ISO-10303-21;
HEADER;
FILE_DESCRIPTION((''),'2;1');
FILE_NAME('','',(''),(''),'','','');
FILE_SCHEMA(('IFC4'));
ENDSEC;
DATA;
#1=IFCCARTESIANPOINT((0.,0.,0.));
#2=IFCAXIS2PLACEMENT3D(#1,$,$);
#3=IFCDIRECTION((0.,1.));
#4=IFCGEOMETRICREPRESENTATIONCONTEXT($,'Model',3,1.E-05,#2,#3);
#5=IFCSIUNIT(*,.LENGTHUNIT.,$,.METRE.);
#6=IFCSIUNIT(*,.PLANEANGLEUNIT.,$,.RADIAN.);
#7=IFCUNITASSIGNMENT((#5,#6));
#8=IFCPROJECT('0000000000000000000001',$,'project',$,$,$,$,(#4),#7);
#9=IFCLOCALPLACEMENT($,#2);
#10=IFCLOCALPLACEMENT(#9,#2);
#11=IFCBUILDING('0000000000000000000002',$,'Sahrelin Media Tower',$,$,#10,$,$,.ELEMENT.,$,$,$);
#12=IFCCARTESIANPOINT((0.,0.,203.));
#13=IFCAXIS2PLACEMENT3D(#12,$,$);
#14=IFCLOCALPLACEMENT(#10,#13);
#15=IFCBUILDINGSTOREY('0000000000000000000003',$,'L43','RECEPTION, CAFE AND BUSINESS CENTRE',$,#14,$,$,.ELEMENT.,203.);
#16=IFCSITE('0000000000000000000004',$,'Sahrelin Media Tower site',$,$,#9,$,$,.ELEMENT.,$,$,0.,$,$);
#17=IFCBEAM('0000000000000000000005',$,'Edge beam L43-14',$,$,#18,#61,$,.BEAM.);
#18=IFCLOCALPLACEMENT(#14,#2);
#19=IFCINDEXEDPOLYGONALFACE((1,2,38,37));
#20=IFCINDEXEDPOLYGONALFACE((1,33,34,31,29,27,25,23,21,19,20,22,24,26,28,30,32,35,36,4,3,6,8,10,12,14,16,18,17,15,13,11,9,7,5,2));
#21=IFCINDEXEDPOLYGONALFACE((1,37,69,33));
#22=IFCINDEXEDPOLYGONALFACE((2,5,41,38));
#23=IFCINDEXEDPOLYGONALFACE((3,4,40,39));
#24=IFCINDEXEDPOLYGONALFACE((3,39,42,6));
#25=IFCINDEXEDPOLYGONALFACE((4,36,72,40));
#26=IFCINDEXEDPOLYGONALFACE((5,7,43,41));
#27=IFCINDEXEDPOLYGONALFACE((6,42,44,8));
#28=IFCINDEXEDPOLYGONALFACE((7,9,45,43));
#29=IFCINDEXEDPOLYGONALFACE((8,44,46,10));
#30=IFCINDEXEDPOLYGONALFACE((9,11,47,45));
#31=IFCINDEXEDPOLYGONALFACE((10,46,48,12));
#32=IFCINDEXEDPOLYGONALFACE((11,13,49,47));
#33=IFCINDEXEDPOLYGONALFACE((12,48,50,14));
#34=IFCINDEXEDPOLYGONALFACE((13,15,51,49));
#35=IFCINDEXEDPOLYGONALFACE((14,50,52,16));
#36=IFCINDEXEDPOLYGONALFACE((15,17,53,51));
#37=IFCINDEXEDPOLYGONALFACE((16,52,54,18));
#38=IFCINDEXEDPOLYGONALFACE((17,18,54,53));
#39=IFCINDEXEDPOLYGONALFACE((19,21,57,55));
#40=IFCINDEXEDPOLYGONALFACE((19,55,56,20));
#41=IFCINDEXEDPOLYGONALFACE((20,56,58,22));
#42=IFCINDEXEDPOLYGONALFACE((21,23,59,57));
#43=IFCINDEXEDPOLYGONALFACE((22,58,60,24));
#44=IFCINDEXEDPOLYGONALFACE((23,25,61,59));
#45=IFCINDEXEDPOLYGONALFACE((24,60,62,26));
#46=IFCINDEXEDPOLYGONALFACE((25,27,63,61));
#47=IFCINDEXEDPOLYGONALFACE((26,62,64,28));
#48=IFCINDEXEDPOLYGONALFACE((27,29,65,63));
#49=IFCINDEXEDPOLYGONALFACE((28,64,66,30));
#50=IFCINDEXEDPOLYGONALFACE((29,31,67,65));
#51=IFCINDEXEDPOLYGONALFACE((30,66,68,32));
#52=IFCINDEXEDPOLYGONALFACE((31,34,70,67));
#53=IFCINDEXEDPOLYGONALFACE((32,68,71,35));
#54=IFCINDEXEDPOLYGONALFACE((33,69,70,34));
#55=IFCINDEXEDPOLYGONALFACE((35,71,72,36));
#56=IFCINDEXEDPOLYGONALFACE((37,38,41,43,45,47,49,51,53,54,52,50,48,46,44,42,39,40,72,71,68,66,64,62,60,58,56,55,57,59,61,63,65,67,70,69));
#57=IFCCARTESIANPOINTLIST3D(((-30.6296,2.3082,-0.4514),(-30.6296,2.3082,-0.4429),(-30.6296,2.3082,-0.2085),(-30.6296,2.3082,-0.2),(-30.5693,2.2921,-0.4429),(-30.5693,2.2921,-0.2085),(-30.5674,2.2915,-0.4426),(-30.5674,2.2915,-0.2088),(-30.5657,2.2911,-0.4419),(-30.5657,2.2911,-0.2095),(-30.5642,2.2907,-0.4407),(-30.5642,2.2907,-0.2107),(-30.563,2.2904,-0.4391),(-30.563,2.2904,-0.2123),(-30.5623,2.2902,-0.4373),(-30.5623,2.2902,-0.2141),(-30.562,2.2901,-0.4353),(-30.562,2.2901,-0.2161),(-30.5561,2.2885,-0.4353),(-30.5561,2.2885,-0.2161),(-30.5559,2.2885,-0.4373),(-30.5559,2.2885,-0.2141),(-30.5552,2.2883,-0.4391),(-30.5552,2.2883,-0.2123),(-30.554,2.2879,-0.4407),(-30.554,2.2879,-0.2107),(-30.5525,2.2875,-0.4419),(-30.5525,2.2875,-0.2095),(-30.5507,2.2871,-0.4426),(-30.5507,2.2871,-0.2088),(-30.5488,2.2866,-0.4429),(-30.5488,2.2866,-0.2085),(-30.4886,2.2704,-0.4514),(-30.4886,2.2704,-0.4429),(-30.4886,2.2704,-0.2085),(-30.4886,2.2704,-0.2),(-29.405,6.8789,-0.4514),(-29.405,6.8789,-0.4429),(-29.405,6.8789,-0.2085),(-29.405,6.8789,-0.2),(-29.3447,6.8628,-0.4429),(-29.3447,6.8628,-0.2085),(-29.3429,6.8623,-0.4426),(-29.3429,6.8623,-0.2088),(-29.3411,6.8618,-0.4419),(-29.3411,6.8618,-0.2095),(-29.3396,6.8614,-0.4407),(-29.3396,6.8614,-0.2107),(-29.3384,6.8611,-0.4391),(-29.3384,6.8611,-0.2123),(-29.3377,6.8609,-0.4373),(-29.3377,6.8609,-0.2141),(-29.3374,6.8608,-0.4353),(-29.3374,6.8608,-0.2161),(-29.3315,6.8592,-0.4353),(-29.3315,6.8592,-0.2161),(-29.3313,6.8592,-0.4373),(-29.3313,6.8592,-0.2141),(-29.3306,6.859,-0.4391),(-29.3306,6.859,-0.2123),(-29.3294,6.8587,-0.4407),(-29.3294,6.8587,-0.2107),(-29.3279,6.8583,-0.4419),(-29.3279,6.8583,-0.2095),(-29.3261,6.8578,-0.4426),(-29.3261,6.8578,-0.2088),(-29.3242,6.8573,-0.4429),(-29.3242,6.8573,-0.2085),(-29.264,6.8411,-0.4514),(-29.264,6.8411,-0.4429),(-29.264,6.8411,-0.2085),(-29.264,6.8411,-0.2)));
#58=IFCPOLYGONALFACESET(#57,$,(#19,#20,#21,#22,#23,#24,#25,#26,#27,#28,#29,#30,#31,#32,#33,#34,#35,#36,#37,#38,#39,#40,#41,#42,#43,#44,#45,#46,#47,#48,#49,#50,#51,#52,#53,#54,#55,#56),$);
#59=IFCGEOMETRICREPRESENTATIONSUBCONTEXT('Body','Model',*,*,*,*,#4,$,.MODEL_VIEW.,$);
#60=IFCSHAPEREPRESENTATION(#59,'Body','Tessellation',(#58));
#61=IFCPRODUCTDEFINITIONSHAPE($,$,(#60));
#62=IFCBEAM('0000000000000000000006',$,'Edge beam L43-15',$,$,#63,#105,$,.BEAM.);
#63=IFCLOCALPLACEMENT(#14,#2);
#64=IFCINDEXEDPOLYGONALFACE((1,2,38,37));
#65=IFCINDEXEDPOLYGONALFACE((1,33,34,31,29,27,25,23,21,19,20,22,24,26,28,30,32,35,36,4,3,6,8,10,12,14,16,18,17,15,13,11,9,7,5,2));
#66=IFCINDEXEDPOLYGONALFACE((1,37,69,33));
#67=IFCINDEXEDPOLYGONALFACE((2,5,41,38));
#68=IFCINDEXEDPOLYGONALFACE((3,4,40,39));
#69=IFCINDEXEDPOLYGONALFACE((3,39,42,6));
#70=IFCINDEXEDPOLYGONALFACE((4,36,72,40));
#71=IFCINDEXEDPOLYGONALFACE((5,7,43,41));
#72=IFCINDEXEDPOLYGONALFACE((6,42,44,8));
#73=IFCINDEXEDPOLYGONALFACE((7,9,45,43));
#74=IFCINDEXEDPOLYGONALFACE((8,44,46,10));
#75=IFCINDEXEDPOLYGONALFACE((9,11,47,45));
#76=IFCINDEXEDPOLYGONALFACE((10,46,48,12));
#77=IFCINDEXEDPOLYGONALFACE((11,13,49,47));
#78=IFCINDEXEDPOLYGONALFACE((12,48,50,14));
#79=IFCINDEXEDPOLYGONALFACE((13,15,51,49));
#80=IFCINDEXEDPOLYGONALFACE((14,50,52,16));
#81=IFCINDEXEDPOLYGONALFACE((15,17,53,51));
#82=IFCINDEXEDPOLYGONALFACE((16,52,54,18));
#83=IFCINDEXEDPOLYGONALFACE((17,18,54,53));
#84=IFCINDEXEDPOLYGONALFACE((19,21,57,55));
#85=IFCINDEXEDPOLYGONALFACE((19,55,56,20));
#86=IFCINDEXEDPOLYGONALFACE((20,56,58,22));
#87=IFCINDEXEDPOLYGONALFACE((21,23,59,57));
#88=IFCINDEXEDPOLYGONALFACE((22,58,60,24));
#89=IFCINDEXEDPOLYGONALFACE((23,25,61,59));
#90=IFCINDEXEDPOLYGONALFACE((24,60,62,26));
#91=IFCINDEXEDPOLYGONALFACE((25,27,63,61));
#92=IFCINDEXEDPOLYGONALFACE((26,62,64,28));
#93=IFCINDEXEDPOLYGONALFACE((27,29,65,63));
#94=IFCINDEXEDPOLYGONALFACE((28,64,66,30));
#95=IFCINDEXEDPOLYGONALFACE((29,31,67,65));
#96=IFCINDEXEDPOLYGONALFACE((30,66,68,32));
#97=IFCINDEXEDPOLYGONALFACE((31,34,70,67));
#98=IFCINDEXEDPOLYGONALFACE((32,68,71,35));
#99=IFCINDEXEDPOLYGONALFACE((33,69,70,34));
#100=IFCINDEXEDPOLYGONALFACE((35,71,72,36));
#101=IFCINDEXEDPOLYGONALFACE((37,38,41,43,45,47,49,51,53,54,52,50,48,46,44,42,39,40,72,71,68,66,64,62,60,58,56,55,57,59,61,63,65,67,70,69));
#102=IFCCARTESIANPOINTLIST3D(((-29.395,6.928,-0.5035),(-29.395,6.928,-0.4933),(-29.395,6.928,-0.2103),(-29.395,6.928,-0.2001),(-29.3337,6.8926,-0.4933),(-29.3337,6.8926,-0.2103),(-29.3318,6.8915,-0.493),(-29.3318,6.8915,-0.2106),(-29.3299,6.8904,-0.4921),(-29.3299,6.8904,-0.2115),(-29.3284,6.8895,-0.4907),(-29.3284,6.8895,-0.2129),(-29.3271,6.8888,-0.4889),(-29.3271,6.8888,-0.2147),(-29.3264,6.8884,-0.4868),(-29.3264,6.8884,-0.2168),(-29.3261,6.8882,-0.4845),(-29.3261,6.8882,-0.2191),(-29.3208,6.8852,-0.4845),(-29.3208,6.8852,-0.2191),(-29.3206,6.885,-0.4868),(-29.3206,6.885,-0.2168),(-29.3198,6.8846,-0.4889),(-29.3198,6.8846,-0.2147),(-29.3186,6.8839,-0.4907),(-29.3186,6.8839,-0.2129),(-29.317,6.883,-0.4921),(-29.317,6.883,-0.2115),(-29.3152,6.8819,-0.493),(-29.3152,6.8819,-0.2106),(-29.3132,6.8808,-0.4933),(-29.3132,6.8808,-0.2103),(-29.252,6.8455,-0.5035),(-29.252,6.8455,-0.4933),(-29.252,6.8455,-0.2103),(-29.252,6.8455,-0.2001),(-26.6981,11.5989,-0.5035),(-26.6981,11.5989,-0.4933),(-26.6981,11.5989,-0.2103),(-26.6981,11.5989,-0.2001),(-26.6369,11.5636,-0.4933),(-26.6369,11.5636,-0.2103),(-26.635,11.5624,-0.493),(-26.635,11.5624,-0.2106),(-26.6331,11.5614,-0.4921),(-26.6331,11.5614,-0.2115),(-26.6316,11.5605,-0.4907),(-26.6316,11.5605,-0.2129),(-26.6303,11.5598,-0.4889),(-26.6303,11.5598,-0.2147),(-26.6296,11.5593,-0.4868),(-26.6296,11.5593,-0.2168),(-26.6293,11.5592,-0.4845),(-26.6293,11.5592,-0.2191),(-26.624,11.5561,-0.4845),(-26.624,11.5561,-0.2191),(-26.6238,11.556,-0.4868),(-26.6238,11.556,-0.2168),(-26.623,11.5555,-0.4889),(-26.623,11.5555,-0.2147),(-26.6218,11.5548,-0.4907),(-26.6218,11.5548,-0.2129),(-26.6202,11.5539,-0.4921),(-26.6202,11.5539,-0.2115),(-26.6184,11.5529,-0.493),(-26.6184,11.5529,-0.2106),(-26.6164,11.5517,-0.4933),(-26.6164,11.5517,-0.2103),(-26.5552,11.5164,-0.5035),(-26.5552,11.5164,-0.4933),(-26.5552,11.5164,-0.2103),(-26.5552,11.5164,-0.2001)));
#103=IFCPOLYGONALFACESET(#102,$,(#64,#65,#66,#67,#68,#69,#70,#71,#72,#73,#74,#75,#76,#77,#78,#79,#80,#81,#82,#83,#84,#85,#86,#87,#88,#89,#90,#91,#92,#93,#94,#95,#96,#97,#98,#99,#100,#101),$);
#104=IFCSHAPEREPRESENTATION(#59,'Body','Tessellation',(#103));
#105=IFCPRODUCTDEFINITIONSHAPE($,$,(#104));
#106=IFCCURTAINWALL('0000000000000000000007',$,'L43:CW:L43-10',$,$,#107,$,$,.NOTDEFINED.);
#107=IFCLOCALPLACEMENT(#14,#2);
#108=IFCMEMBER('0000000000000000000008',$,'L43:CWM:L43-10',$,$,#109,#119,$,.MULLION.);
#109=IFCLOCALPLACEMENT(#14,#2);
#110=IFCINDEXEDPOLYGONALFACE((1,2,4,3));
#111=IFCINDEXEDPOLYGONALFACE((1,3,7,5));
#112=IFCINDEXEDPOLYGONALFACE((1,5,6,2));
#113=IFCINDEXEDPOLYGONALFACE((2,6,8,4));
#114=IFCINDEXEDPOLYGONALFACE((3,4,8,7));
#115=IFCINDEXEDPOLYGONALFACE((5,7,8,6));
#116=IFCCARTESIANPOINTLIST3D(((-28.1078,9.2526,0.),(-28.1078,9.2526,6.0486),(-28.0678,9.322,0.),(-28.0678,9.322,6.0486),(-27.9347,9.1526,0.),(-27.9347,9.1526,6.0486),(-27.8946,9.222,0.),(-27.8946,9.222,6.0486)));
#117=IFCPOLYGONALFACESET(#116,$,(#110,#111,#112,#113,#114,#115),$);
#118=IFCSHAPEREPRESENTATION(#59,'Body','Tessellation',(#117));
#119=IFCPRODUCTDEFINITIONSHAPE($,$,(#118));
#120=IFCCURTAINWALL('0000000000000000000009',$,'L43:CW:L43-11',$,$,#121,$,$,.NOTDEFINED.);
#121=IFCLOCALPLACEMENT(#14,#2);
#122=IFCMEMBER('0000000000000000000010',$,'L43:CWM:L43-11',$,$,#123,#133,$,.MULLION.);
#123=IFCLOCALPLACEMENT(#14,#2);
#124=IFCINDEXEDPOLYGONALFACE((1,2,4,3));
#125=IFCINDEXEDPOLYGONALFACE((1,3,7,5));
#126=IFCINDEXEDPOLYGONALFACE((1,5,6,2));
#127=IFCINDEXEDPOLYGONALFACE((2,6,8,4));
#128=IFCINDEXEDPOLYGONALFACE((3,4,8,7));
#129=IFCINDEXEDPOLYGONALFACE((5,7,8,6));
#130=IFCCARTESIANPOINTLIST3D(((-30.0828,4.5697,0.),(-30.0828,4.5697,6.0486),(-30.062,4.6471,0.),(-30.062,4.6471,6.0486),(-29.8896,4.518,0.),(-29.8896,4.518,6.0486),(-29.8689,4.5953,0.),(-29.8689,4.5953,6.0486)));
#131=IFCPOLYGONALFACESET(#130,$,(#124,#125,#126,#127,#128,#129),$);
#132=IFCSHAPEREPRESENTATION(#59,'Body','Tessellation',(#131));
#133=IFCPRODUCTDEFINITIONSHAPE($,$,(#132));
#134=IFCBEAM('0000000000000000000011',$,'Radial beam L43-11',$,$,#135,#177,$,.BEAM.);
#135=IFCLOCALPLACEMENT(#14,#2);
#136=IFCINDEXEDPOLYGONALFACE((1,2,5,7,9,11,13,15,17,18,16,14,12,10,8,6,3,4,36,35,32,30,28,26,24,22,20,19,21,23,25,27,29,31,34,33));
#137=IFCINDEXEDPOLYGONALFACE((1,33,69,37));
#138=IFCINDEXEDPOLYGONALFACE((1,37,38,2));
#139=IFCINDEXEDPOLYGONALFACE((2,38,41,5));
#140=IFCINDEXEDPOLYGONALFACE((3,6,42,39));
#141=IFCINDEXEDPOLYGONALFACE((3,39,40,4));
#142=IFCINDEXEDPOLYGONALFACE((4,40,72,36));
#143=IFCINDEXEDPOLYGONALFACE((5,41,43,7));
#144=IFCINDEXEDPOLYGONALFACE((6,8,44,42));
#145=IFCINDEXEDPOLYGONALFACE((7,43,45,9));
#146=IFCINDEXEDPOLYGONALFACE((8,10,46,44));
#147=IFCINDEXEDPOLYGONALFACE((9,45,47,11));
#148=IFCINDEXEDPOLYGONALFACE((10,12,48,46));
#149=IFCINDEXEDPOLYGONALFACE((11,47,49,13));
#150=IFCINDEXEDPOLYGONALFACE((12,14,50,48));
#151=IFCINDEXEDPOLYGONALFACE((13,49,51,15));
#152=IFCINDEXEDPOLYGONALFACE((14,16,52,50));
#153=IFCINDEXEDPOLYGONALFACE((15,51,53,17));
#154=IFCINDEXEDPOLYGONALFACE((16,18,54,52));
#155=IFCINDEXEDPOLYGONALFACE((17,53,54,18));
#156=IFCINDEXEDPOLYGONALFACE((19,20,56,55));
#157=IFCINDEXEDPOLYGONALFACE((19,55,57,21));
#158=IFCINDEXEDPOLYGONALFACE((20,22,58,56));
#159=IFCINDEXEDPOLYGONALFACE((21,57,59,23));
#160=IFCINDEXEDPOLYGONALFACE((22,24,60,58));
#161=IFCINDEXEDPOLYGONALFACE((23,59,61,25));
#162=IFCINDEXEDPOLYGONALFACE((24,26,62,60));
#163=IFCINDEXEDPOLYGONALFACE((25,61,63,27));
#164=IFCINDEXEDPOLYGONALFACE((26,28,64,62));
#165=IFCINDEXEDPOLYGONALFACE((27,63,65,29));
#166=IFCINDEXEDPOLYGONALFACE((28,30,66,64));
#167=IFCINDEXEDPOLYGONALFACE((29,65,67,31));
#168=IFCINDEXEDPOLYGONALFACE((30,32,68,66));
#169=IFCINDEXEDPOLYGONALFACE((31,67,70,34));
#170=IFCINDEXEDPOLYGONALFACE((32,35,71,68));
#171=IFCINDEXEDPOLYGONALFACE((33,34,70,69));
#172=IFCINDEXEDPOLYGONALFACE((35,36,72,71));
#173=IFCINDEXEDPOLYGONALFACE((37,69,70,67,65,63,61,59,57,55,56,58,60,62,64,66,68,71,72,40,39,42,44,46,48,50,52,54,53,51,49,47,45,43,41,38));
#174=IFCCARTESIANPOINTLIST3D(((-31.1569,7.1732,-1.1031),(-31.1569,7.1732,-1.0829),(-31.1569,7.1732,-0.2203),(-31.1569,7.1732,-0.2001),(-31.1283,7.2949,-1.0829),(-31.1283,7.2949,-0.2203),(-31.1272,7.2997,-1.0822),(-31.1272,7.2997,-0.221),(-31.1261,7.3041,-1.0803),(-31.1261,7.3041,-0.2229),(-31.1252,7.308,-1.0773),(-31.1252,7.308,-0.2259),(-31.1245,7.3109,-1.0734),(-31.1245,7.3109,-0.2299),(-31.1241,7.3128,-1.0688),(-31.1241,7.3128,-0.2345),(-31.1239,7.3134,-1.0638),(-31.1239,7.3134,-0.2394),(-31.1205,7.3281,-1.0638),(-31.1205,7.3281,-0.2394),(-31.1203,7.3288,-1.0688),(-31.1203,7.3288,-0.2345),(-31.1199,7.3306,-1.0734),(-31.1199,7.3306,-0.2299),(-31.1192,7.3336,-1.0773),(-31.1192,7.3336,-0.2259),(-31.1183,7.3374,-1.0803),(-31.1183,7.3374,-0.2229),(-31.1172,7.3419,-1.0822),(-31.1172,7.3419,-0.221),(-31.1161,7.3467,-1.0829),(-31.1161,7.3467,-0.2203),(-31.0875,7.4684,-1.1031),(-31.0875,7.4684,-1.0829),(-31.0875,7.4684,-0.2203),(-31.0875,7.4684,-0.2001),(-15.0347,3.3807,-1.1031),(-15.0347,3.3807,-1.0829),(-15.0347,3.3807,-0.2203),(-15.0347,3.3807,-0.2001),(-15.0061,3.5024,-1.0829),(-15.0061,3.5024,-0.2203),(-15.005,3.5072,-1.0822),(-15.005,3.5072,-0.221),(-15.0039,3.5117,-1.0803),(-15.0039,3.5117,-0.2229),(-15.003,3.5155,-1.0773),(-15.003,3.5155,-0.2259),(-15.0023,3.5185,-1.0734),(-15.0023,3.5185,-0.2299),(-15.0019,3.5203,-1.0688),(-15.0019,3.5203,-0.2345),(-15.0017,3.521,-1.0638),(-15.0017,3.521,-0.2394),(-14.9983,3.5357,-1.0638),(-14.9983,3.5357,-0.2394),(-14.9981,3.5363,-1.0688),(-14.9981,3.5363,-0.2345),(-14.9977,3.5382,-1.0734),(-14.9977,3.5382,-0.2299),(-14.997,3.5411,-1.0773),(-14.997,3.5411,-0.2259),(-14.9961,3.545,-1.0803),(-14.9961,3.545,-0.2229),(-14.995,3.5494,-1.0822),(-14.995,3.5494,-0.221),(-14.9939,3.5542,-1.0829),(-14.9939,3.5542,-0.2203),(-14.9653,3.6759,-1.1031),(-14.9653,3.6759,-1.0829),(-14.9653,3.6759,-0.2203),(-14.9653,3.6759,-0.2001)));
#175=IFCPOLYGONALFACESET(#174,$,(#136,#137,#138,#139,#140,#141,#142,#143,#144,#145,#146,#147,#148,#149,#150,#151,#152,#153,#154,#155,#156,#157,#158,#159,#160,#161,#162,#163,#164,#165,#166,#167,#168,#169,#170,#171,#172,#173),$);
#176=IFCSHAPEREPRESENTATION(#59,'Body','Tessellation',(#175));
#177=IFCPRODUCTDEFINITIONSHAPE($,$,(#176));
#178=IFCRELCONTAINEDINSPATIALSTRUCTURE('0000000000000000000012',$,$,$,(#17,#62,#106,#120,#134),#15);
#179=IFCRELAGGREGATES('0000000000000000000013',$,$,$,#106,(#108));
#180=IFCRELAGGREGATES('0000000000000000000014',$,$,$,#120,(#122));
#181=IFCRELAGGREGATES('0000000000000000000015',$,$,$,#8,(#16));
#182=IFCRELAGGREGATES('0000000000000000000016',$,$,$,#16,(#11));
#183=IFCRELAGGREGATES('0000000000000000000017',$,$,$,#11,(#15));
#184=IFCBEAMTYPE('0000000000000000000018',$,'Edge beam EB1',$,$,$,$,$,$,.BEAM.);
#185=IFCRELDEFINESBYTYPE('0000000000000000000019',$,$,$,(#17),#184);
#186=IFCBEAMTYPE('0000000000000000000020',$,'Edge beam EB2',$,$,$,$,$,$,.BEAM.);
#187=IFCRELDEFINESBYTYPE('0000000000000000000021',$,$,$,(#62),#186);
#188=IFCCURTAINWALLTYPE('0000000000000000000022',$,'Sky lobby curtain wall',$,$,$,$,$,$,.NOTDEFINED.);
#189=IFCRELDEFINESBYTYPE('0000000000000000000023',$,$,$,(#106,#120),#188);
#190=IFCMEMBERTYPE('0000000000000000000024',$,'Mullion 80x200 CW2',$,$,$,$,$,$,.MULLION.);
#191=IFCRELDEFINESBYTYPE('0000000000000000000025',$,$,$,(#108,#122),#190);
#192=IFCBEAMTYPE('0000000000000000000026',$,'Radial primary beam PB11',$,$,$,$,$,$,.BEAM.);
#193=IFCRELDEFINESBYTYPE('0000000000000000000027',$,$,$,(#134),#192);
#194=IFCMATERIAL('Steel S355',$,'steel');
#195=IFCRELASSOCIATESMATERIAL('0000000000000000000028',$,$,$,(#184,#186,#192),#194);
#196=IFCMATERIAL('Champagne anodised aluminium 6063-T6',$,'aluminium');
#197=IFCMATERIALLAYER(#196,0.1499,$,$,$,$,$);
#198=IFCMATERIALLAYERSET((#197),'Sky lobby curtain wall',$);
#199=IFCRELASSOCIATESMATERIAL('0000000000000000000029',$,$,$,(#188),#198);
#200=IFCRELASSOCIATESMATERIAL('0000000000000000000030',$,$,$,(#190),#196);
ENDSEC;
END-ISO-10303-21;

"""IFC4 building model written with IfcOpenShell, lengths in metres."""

from ifc_helpers import new_model, si_unit, direction, frame, origin, origin_2d, place, context, subcontext, project, spatial, rectangle, i_section, extrude, material, layer, layer_set, material_profile, profile_set, type_object, element, aggregate, save


model = new_model("IFC4")

# Units and contexts
model_context = context("Model", 3, precision=1e-05, world=origin(), true_north=direction((0.0, 1.0)))
body_context = subcontext(model_context, "Body", "Model", "MODEL_VIEW")
ifc_project = project(units=[si_unit("LENGTHUNIT", "METRE"), si_unit("PLANEANGLEUNIT", "RADIAN")], contexts=[model_context])

# Site, building, storey
site_placement = place(None, origin())
site = spatial("IfcSite", under=ifc_project, at=site_placement, Name="Sahrelin Media Tower site", CompositionType="ELEMENT", RefElevation=0.0)
building_placement = place(site_placement, origin())
building = spatial("IfcBuilding", under=site, at=building_placement, Name="Sahrelin Media Tower", CompositionType="ELEMENT")
storey_placement = place(building_placement, frame((0.0, 0.0, 203.0)))
storey = spatial("IfcBuildingStorey", under=building, at=storey_placement, Name="L43", Description="RECEPTION, CAFE AND BUSINESS CENTRE", CompositionType="ELEMENT", Elevation=203.0)

# Beams
ifc_material_1 = material(Name="Steel S355", Category="steel")
ifc_material_profile_1 = material_profile(ifc_material_1, i_section(OverallWidth=0.146, OverallDepth=0.2515, WebThickness=0.0061, FlangeThickness=0.0085, FilletRadius=0.0076, at=origin_2d()), Name="UB 254x146x31")
ifc_profile_set_1 = profile_set([ifc_material_profile_1], Name="Steel S355")
beam_type_1 = type_object("IfcBeamType", Name="Edge beam EB1", PredefinedType="BEAM", material=ifc_profile_set_1)
beam_1_placement = place(storey_placement, frame((-30.5591, 2.2893, -0.3257), z_axis=(0.258793, 0.965933, 0.0), x_axis=(-0.965933, 0.258793, 0.0)))
element("IfcBeam", 1, at=beam_1_placement, inside=storey, type_object=beam_type_1, Name="Edge beam L43-14", PredefinedType="BEAM", context=body_context, shape_type="SweptSolid", body=[
    extrude(i_section(OverallWidth=0.146, OverallDepth=0.2515, WebThickness=0.0061, FlangeThickness=0.0085, FilletRadius=0.0076, at=origin_2d()), origin(), (0.0, 0.0, 1.0), 4.7319),
])
ifc_material_profile_2 = material_profile(ifc_material_1, i_section(OverallWidth=0.165, OverallDepth=0.3035, WebThickness=0.0061, FlangeThickness=0.0103, FilletRadius=0.0088, at=origin_2d()), Name="UB 305x165x40")
ifc_profile_set_2 = profile_set([ifc_material_profile_2], Name="Steel S355")
beam_type_2 = type_object("IfcBeamType", Name="Edge beam EB2", PredefinedType="BEAM", material=ifc_profile_set_2)
beam_2_placement = place(storey_placement, frame((-29.3235, 6.8867, -0.3518), z_axis=(0.500005, 0.866023, 0.0), x_axis=(-0.866023, 0.500005, 0.0)))
element("IfcBeam", 2, at=beam_2_placement, inside=storey, type_object=beam_type_2, Name="Edge beam L43-15", PredefinedType="BEAM", context=body_context, shape_type="SweptSolid", body=[
    extrude(i_section(OverallWidth=0.165, OverallDepth=0.3035, WebThickness=0.0061, FlangeThickness=0.0103, FilletRadius=0.0088, at=origin_2d()), origin(), (0.0, 0.0, 1.0), 5.3936),
])

# Curtain walls, members
ifc_material_2 = material(Name="Champagne anodised aluminium 6063-T6", Category="aluminium")
ifc_layer_1 = layer(ifc_material_2, 0.1499)
ifc_layer_set_1 = layer_set([ifc_layer_1], Name="Sky lobby curtain wall")
curtain_wall_type = type_object("IfcCurtainWallType", Name="Sky lobby curtain wall", PredefinedType="NOTDEFINED", material=ifc_layer_set_1)
curtain_wall_1_placement = place(storey_placement, frame((-28.105, 9.2971, 0.0), z_axis=(0.0, 0.0, 1.0), x_axis=(1.0, 0.0, 0.0)))
curtain_wall_1 = element("IfcCurtainWall", 3, at=curtain_wall_1_placement, inside=storey, type_object=curtain_wall_type, Name="L43:CW:L43-10", PredefinedType="NOTDEFINED")
ifc_material_profile_3 = material_profile(ifc_material_2, rectangle(XDim=0.0801, YDim=0.2, at=origin_2d()), Name="Mullion 80x200")
ifc_profile_set_3 = profile_set([ifc_material_profile_3], Name="Champagne anodised aluminium 6063-T6")
member_type_1 = type_object("IfcMemberType", Name="Mullion 80x200 CW2", PredefinedType="MULLION", material=ifc_profile_set_3)
member_1_placement = place(storey_placement, frame((-28.0012, 9.2373, 0.0), z_axis=(0.0, 0.0, 1.0), x_axis=(-0.500003, -0.866024, 0.0)))
member_1 = element("IfcMember", 4, at=member_1_placement, type_object=member_type_1, Name="L43:CWM:L43-10", PredefinedType="MULLION", context=body_context, shape_type="SweptSolid", body=[
    extrude(rectangle(XDim=0.0801, YDim=0.2, at=origin_2d()), origin(), (0.0, 0.0, 1.0), 6.0486),
])
aggregate(curtain_wall_1, [member_1])
curtain_wall_2_placement = place(storey_placement, frame((-30.0918, 4.6135, 0.0), z_axis=(0.0, 0.0, 1.0), x_axis=(1.0, 0.0, 0.0)))
curtain_wall_2 = element("IfcCurtainWall", 5, at=curtain_wall_2_placement, inside=storey, type_object=curtain_wall_type, Name="L43:CW:L43-11", PredefinedType="NOTDEFINED")
member_2_placement = place(storey_placement, frame((-29.9758, 4.5825, 0.0), z_axis=(0.0, 0.0, 1.0), x_axis=(-0.258822, -0.965925, 0.0)))
member_2 = element("IfcMember", 6, at=member_2_placement, type_object=member_type_1, Name="L43:CWM:L43-11", PredefinedType="MULLION", context=body_context, shape_type="SweptSolid", body=[
    extrude(rectangle(XDim=0.0801, YDim=0.2, at=origin_2d()), origin(), (0.0, 0.0, 1.0), 6.0486),
])

# Beam
ifc_material_profile_4 = material_profile(ifc_material_1, i_section(OverallWidth=0.3032, OverallDepth=0.9031, WebThickness=0.0151, FlangeThickness=0.0203, FilletRadius=0.019, at=origin_2d()), Name="UB 914x305x201")
ifc_profile_set_4 = profile_set([ifc_material_profile_4], Name="Steel S355")
beam_type_3 = type_object("IfcBeamType", Name="Radial primary beam PB11", PredefinedType="BEAM", material=ifc_profile_set_4)
beam_3_placement = place(storey_placement, frame((-15.0, 3.5283, -0.6516), z_axis=(-0.973431, 0.228982, 0.0), x_axis=(-0.228982, -0.973431, 0.0)))
element("IfcBeam", 7, at=beam_3_placement, inside=storey, type_object=beam_type_3, Name="Radial beam L43-11", PredefinedType="BEAM", context=body_context, shape_type="SweptSolid", body=[
    extrude(i_section(OverallWidth=0.3032, OverallDepth=0.9031, WebThickness=0.0151, FlangeThickness=0.0203, FilletRadius=0.019, at=origin_2d()), origin(), (0.0, 0.0, 1.0), 16.5623),
])

aggregate(curtain_wall_2, [member_2])

save(model, "model.ifc")
